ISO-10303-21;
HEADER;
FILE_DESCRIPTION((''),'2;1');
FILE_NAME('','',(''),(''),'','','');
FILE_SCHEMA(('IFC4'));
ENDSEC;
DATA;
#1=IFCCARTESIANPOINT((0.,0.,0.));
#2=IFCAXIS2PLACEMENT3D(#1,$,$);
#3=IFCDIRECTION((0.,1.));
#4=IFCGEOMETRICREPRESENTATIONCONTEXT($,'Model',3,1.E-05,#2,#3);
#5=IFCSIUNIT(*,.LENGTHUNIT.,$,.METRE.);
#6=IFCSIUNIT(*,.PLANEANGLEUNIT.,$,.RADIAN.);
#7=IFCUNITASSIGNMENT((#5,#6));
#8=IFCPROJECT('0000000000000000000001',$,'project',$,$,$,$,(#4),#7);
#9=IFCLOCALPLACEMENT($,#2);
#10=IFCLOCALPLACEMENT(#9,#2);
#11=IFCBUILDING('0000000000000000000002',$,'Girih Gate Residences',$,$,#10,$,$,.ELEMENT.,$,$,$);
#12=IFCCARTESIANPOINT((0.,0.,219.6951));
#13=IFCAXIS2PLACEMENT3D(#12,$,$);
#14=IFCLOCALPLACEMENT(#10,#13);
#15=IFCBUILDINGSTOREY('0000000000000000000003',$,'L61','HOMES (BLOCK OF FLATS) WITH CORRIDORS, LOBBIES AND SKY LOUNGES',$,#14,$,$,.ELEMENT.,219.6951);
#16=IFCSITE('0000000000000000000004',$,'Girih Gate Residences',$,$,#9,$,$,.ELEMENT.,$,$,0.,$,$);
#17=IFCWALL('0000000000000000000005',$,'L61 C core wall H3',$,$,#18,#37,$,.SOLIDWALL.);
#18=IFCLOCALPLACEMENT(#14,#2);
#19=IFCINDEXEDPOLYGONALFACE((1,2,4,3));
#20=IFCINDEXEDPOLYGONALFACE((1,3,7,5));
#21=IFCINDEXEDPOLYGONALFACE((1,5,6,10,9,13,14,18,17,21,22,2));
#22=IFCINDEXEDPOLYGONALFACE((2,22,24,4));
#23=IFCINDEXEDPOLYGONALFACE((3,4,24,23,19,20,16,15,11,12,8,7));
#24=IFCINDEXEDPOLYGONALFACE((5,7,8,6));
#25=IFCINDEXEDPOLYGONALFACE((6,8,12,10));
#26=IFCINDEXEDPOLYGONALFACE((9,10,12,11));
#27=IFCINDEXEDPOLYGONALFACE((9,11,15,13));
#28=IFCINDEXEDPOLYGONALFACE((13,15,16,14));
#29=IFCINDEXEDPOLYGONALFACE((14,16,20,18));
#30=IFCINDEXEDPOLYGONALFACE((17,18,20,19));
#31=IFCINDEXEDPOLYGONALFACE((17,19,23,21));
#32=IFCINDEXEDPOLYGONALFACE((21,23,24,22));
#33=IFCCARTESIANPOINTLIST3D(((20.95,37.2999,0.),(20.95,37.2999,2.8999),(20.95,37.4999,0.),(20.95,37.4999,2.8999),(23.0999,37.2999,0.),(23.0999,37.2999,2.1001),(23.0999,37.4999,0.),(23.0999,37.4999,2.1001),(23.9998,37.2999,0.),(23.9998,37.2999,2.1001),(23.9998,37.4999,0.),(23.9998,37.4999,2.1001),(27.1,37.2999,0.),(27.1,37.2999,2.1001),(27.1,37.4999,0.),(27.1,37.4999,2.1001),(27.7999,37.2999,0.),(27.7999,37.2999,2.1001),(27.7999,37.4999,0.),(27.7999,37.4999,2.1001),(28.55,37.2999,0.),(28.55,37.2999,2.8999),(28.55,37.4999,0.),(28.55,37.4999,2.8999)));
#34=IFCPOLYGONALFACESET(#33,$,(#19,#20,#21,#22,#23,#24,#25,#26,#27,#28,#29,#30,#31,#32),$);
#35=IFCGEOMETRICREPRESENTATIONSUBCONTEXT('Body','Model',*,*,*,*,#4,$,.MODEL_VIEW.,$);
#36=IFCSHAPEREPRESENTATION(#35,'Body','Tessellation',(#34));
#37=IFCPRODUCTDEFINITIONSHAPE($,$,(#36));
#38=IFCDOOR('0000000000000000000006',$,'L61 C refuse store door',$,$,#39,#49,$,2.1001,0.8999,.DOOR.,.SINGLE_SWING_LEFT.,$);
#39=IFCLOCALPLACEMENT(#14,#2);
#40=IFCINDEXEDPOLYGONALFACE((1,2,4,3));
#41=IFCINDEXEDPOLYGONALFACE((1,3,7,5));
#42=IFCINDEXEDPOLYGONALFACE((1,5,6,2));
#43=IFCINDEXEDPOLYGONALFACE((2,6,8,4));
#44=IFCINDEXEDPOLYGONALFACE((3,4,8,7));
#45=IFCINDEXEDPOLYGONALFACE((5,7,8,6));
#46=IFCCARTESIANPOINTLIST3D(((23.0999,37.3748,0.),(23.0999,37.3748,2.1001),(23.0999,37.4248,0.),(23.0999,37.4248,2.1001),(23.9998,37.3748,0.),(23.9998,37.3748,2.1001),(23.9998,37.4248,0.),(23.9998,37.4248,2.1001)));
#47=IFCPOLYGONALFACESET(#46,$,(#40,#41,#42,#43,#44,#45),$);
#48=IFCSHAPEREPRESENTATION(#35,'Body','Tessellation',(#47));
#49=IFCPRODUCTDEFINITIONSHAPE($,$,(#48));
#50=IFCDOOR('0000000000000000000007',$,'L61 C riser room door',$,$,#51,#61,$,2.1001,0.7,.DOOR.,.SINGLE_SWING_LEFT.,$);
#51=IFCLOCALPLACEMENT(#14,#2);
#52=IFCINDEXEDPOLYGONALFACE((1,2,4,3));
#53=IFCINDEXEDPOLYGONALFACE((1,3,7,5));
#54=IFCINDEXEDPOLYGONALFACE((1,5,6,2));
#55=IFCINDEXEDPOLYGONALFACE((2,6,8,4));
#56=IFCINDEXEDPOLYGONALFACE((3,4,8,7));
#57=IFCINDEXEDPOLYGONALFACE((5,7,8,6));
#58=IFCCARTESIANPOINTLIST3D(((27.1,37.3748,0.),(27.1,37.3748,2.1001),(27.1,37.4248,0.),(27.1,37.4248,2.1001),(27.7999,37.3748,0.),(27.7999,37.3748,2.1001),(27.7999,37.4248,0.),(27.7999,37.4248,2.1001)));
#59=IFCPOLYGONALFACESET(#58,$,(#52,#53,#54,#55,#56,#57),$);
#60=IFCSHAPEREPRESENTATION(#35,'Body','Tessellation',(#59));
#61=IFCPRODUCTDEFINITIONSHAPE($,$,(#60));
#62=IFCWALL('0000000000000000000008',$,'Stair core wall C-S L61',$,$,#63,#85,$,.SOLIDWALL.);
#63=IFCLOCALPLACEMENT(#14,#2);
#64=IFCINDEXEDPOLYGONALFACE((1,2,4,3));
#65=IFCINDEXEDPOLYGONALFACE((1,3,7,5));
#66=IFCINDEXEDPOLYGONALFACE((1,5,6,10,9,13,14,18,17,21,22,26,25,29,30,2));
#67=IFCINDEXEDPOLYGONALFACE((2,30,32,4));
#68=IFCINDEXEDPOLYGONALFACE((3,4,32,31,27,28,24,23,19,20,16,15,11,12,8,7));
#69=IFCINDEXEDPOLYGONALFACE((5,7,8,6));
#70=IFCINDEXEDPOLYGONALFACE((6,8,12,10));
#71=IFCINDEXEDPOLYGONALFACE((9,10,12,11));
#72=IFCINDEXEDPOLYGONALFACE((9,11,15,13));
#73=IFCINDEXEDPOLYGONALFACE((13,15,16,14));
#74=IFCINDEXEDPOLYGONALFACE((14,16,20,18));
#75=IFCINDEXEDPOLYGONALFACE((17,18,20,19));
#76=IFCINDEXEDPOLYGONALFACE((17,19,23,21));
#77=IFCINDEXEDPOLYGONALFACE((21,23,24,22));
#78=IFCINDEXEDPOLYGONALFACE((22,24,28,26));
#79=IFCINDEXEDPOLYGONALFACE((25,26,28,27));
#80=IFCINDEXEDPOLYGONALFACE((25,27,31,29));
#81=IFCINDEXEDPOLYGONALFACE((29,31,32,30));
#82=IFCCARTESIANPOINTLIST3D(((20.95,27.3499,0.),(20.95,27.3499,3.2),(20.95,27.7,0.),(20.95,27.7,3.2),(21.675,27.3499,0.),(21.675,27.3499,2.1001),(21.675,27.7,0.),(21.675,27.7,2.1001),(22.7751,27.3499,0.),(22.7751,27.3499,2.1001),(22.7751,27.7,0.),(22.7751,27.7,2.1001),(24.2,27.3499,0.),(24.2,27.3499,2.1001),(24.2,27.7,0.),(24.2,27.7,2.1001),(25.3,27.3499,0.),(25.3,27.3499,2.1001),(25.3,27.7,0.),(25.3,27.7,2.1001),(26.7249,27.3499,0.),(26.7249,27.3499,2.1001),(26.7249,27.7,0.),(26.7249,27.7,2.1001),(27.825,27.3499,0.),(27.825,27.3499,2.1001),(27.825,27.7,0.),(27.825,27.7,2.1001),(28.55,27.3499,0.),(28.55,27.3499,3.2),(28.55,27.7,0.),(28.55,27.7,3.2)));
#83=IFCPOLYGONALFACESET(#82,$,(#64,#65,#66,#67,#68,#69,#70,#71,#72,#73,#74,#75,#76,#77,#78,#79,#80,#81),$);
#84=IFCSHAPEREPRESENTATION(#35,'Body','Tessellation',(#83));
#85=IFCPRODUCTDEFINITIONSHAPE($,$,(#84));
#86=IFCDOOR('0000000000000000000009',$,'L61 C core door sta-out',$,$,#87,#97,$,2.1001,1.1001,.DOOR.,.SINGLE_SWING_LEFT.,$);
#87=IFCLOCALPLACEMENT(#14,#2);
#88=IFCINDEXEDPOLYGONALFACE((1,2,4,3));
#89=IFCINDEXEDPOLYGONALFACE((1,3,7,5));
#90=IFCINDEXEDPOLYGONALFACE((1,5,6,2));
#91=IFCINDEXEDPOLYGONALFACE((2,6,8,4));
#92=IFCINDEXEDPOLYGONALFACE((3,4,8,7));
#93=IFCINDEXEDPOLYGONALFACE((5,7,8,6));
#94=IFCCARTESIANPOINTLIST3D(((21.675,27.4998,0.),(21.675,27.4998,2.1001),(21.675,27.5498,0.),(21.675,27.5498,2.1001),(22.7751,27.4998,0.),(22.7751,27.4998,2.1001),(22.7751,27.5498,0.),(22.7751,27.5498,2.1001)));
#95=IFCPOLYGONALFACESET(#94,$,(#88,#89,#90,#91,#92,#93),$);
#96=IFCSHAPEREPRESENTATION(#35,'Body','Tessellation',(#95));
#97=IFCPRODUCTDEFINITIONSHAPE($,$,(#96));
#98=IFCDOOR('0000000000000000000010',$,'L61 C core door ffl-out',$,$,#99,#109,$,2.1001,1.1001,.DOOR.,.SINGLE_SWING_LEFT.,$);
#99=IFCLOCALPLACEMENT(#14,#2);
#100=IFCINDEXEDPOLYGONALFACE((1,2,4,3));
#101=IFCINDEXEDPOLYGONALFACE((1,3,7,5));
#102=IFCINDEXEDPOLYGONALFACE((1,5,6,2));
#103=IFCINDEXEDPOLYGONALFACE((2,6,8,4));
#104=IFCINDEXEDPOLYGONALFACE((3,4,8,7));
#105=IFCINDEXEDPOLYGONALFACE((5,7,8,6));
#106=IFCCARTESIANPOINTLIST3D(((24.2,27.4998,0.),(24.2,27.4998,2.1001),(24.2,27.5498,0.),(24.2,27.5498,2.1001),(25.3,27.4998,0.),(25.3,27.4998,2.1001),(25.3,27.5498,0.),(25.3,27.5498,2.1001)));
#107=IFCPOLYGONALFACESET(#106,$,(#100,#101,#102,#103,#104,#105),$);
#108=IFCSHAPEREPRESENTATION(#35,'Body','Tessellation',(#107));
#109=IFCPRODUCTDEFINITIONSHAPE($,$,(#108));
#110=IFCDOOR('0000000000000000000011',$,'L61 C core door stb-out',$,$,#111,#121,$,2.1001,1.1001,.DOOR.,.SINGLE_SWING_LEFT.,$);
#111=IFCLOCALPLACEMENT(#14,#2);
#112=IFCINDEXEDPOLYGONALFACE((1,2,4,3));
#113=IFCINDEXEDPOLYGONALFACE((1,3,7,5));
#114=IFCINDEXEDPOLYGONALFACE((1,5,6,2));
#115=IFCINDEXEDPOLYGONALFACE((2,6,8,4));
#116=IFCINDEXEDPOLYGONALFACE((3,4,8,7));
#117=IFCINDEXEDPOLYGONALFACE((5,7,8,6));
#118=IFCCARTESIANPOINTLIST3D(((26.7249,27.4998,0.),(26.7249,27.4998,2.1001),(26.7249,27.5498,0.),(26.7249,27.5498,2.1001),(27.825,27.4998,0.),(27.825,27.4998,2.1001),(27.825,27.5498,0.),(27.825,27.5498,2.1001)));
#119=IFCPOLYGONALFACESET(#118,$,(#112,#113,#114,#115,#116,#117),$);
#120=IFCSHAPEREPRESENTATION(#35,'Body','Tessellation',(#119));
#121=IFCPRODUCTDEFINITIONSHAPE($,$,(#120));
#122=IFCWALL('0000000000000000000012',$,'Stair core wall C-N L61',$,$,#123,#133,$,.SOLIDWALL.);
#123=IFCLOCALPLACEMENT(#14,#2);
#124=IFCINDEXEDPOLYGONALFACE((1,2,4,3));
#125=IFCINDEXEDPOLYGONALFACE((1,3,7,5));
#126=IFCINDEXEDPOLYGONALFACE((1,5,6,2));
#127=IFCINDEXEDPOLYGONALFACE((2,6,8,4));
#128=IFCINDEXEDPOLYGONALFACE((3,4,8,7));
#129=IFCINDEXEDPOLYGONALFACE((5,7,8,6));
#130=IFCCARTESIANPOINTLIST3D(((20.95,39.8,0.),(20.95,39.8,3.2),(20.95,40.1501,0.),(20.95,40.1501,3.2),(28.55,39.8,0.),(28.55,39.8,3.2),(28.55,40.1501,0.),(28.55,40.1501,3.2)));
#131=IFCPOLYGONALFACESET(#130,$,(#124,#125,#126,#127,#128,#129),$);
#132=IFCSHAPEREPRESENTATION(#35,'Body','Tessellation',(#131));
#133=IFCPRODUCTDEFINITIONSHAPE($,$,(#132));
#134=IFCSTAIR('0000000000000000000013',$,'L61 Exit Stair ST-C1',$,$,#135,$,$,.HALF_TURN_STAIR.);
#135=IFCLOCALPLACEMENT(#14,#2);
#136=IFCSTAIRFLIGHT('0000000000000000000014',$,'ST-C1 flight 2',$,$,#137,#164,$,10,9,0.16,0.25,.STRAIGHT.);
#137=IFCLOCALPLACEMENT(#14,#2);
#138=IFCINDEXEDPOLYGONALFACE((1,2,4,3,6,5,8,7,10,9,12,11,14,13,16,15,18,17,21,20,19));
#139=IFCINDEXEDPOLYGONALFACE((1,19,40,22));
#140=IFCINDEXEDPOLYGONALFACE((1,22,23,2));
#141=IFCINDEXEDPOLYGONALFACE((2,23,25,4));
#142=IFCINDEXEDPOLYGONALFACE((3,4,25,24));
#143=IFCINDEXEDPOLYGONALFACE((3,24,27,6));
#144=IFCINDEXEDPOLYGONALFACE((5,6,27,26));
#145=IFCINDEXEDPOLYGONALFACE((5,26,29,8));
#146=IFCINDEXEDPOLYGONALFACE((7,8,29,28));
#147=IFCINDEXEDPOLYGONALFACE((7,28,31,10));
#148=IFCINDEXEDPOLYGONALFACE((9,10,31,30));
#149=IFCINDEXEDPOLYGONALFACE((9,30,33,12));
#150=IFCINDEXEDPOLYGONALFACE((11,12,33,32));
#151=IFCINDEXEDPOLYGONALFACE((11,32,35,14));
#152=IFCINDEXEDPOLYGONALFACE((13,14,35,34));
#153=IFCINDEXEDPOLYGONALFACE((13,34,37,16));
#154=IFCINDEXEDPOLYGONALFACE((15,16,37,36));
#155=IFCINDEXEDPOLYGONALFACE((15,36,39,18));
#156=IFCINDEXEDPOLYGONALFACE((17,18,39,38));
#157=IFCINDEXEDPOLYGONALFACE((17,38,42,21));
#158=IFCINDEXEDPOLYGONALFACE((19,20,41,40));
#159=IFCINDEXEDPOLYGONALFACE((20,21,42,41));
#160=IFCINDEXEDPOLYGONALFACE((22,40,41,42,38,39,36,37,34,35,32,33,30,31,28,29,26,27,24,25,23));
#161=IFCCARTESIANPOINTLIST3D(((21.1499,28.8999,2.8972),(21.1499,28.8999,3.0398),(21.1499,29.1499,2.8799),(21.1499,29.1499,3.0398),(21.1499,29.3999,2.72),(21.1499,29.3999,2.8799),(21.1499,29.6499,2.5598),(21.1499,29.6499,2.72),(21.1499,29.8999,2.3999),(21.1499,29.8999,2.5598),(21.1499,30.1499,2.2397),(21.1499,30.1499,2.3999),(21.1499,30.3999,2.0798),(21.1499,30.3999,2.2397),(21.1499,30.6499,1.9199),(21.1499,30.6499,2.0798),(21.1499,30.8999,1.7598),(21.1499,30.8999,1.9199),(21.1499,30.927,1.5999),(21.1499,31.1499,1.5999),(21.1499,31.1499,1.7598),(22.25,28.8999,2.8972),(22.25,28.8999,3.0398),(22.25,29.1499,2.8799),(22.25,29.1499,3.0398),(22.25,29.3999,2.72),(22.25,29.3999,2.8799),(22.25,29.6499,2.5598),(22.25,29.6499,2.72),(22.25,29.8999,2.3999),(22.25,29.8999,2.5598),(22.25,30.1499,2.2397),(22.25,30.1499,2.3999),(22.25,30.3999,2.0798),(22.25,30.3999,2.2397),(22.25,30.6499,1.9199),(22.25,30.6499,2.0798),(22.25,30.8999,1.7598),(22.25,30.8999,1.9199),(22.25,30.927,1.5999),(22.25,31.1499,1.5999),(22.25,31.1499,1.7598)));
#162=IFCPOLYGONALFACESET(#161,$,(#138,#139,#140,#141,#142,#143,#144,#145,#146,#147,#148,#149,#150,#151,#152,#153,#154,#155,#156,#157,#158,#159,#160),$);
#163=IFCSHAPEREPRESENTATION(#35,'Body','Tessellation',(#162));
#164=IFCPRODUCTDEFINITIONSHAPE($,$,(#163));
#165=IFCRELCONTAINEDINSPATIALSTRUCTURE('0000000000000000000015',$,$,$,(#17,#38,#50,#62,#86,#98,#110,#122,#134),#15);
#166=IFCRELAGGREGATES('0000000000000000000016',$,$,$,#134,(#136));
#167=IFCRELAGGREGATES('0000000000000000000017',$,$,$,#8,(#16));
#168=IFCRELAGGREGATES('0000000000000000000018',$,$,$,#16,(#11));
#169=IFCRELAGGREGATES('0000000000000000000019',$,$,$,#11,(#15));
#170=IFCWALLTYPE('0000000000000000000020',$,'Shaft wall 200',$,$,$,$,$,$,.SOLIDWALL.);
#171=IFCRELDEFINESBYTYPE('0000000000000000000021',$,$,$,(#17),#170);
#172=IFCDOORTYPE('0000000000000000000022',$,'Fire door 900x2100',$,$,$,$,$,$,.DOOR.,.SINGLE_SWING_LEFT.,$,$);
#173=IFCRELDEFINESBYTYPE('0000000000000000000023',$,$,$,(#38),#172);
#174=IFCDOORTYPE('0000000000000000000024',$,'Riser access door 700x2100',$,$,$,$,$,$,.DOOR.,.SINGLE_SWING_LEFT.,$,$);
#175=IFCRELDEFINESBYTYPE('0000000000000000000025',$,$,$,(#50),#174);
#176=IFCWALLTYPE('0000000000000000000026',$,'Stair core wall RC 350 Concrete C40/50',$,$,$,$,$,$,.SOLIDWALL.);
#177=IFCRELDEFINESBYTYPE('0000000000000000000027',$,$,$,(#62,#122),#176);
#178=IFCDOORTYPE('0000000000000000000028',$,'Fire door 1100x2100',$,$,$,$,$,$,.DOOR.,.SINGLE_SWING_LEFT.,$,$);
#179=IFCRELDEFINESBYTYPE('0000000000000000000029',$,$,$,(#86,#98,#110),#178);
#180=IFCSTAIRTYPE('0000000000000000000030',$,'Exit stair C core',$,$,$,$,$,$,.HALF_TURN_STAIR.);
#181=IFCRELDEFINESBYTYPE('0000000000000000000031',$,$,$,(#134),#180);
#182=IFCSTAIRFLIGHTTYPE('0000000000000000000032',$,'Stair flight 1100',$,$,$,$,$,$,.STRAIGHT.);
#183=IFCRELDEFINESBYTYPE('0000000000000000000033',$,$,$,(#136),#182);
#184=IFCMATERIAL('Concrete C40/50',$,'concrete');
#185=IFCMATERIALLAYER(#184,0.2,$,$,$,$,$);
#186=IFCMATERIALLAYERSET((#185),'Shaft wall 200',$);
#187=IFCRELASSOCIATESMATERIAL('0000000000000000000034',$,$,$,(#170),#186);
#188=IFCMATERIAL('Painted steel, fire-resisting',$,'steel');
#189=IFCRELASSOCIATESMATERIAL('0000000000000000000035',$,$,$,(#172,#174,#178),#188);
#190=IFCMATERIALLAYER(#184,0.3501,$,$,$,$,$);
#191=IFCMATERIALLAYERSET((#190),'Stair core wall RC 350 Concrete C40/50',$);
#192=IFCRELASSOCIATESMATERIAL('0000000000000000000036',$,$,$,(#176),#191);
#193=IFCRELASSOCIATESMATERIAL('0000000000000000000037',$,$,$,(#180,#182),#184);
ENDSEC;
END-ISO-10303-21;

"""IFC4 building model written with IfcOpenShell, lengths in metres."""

from ifc_helpers import new_model, si_unit, direction, frame, frame_2d, origin, place, context, subcontext, project, spatial, polyline, rectangle, outline, extrude, material, layer, layer_set, type_object, element, fill, aggregate, save


model = new_model("IFC4")

# Units and contexts
model_context = context("Model", 3, precision=1e-05, world=origin(), true_north=direction((0.0, 1.0)))
body_context = subcontext(model_context, "Body", "Model", "MODEL_VIEW")
ifc_project = project(units=[si_unit("LENGTHUNIT", "METRE"), si_unit("PLANEANGLEUNIT", "RADIAN")], contexts=[model_context])

# Site, building, storey
site_placement = place(None, origin())
site = spatial("IfcSite", under=ifc_project, at=site_placement, Name="Girih Gate Residences", CompositionType="ELEMENT", RefElevation=0.0)
building_placement = place(site_placement, origin())
building = spatial("IfcBuilding", under=site, at=building_placement, Name="Girih Gate Residences", CompositionType="ELEMENT")
storey_placement = place(building_placement, frame((0.0, 0.0, 219.6951)))
storey = spatial("IfcBuildingStorey", under=building, at=storey_placement, Name="L61", Description="HOMES (BLOCK OF FLATS) WITH CORRIDORS, LOBBIES AND SKY LOUNGES", CompositionType="ELEMENT", Elevation=219.6951)

# Shared definitions
ifc_material_1 = material(Name="Concrete C40/50", Category="concrete")
ifc_layer_1 = layer(ifc_material_1, 0.2)
ifc_layer_set_1 = layer_set([ifc_layer_1], Name="Shaft wall 200")
wall_type_1 = type_object("IfcWallType", Name="Shaft wall 200", PredefinedType="SOLIDWALL", material=ifc_layer_set_1)

# Shared definitions
ifc_material_2 = material(Name="Painted steel, fire-resisting", Category="steel")
door_type_1 = type_object("IfcDoorType", Name="Fire door 900x2100", OperationType="SINGLE_SWING_LEFT", PredefinedType="DOOR", material=ifc_material_2)

# Walls, openings, doors
wall_1_placement = place(storey_placement, frame((20.95, 37.3999, 0.0), z_axis=(0.0, 0.0, 1.0), x_axis=(1.0, 0.0, 0.0)))
wall_1 = element("IfcWall", 1, at=wall_1_placement, inside=storey, type_object=wall_type_1, Name="L61 C core wall H3", PredefinedType="SOLIDWALL", context=body_context, shape_type="SweptSolid", body=[
    extrude(rectangle(XDim=7.6001, YDim=0.2, at=frame_2d((3.8, 0.0))), origin(), (0.0, 0.0, 1.0), 2.8999),
])
opening_1_placement = place(wall_1_placement, frame((6.1499, 0.0, 0.0)))
opening_1 = element("IfcOpeningElement", 2, at=opening_1_placement, cuts=wall_1, PredefinedType="OPENING", context=body_context, shape_type="SweptSolid", body=[
    extrude(rectangle(XDim=0.7, YDim=2.1001, at=frame_2d((0.3501, 1.05))), frame((0.0, 0.1099, 0.0), z_axis=(0.0, -1.0, 0.0), x_axis=(1.0, 0.0, 0.0)), (0.0, 0.0, 1.0), 0.22),
])
opening_2_placement = place(wall_1_placement, frame((2.1499, 0.0, 0.0)))
opening_2 = element("IfcOpeningElement", 3, at=opening_2_placement, cuts=wall_1, PredefinedType="OPENING", context=body_context, shape_type="SweptSolid", body=[
    extrude(rectangle(XDim=0.8999, YDim=2.1001, at=frame_2d((0.45, 1.05))), frame((0.0, 0.1099, 0.0), z_axis=(0.0, -1.0, 0.0), x_axis=(1.0, 0.0, 0.0)), (0.0, 0.0, 1.0), 0.22),
])
door_1_placement = place(opening_2_placement, origin())
door_1 = element("IfcDoor", 4, at=door_1_placement, inside=storey, type_object=door_type_1, Name="L61 C refuse store door", OperationType="SINGLE_SWING_LEFT", OverallHeight=2.1001, OverallWidth=0.8999, PredefinedType="DOOR", context=body_context, shape_type="SweptSolid", body=[
    extrude(rectangle(XDim=0.8999, YDim=2.1001, at=frame_2d((0.45, 1.05))), frame((0.0, 0.0249, 0.0), z_axis=(0.0, -1.0, 0.0), x_axis=(1.0, 0.0, 0.0)), (0.0, 0.0, 1.0), 0.05),
])
fill(opening_2, door_1)
door_type_2 = type_object("IfcDoorType", Name="Riser access door 700x2100", OperationType="SINGLE_SWING_LEFT", PredefinedType="DOOR", material=ifc_material_2)
door_2_placement = place(opening_1_placement, origin())
door_2 = element("IfcDoor", 5, at=door_2_placement, inside=storey, type_object=door_type_2, Name="L61 C riser room door", OperationType="SINGLE_SWING_LEFT", OverallHeight=2.1001, OverallWidth=0.7, PredefinedType="DOOR", context=body_context, shape_type="SweptSolid", body=[
    extrude(rectangle(XDim=0.7, YDim=2.1001, at=frame_2d((0.3501, 1.05))), frame((0.0, 0.0249, 0.0), z_axis=(0.0, -1.0, 0.0), x_axis=(1.0, 0.0, 0.0)), (0.0, 0.0, 1.0), 0.05),
])
fill(opening_1, door_2)
ifc_layer_2 = layer(ifc_material_1, 0.3501)
ifc_layer_set_2 = layer_set([ifc_layer_2], Name="Stair core wall RC 350 Concrete C40/50")
wall_type_2 = type_object("IfcWallType", Name="Stair core wall RC 350 Concrete C40/50", PredefinedType="SOLIDWALL", material=ifc_layer_set_2)
wall_2_placement = place(storey_placement, frame((20.95, 27.5249, 0.0), z_axis=(0.0, 0.0, 1.0), x_axis=(1.0, 0.0, 0.0)))
wall_2 = element("IfcWall", 6, at=wall_2_placement, inside=storey, type_object=wall_type_2, Name="Stair core wall C-S L61", PredefinedType="SOLIDWALL", context=body_context, shape_type="SweptSolid", body=[
    extrude(rectangle(XDim=7.6001, YDim=0.3501, at=frame_2d((3.8, 0.0))), origin(), (0.0, 0.0, 1.0), 3.2),
])
opening_3_placement = place(wall_2_placement, frame((0.7251, 0.0, 0.0)))
opening_3 = element("IfcOpeningElement", 7, at=opening_3_placement, cuts=wall_2, PredefinedType="OPENING", context=body_context, shape_type="SweptSolid", body=[
    extrude(rectangle(XDim=1.1001, YDim=2.1001, at=frame_2d((0.55, 1.05))), frame((0.0, 0.1851, 0.0), z_axis=(0.0, -1.0, 0.0), x_axis=(1.0, 0.0, 0.0)), (0.0, 0.0, 1.0), 0.3701),
])
opening_4_placement = place(wall_2_placement, frame((3.25, 0.0, 0.0)))
opening_4 = element("IfcOpeningElement", 8, at=opening_4_placement, cuts=wall_2, PredefinedType="OPENING", context=body_context, shape_type="SweptSolid", body=[
    extrude(rectangle(XDim=1.1001, YDim=2.1001, at=frame_2d((0.55, 1.05))), frame((0.0, 0.1851, 0.0), z_axis=(0.0, -1.0, 0.0), x_axis=(1.0, 0.0, 0.0)), (0.0, 0.0, 1.0), 0.3701),
])
opening_5_placement = place(wall_2_placement, frame((5.7749, 0.0, 0.0)))
opening_5 = element("IfcOpeningElement", 9, at=opening_5_placement, cuts=wall_2, PredefinedType="OPENING", context=body_context, shape_type="SweptSolid", body=[
    extrude(rectangle(XDim=1.1001, YDim=2.1001, at=frame_2d((0.55, 1.05))), frame((0.0, 0.1851, 0.0), z_axis=(0.0, -1.0, 0.0), x_axis=(1.0, 0.0, 0.0)), (0.0, 0.0, 1.0), 0.3701),
])
door_type_3 = type_object("IfcDoorType", Name="Fire door 1100x2100", OperationType="SINGLE_SWING_LEFT", PredefinedType="DOOR", material=ifc_material_2)
door_3_placement = place(opening_3_placement, origin())
door_3 = element("IfcDoor", 10, at=door_3_placement, inside=storey, type_object=door_type_3, Name="L61 C core door sta-out", OperationType="SINGLE_SWING_LEFT", OverallHeight=2.1001, OverallWidth=1.1001, PredefinedType="DOOR", context=body_context, shape_type="SweptSolid", body=[
    extrude(rectangle(XDim=1.1001, YDim=2.1001, at=frame_2d((0.55, 1.05))), frame((0.0, 0.0249, 0.0), z_axis=(0.0, -1.0, 0.0), x_axis=(1.0, 0.0, 0.0)), (0.0, 0.0, 1.0), 0.05),
])
fill(opening_3, door_3)
door_4_placement = place(opening_4_placement, origin())
door_4 = element("IfcDoor", 11, at=door_4_placement, inside=storey, type_object=door_type_3, Name="L61 C core door ffl-out", OperationType="SINGLE_SWING_LEFT", OverallHeight=2.1001, OverallWidth=1.1001, PredefinedType="DOOR", context=body_context, shape_type="SweptSolid", body=[
    extrude(rectangle(XDim=1.1001, YDim=2.1001, at=frame_2d((0.55, 1.05))), frame((0.0, 0.0249, 0.0), z_axis=(0.0, -1.0, 0.0), x_axis=(1.0, 0.0, 0.0)), (0.0, 0.0, 1.0), 0.05),
])
fill(opening_4, door_4)
door_5_placement = place(opening_5_placement, origin())
door_5 = element("IfcDoor", 12, at=door_5_placement, inside=storey, type_object=door_type_3, Name="L61 C core door stb-out", OperationType="SINGLE_SWING_LEFT", OverallHeight=2.1001, OverallWidth=1.1001, PredefinedType="DOOR", context=body_context, shape_type="SweptSolid", body=[
    extrude(rectangle(XDim=1.1001, YDim=2.1001, at=frame_2d((0.55, 1.05))), frame((0.0, 0.0249, 0.0), z_axis=(0.0, -1.0, 0.0), x_axis=(1.0, 0.0, 0.0)), (0.0, 0.0, 1.0), 0.05),
])
fill(opening_5, door_5)

# Wall
wall_3_placement = place(storey_placement, frame((20.95, 39.9751, 0.0), z_axis=(0.0, 0.0, 1.0), x_axis=(1.0, 0.0, 0.0)))
element("IfcWall", 13, at=wall_3_placement, inside=storey, type_object=wall_type_2, Name="Stair core wall C-N L61", PredefinedType="SOLIDWALL", context=body_context, shape_type="SweptSolid", body=[
    extrude(rectangle(XDim=7.6001, YDim=0.3501, at=frame_2d((3.8, 0.0))), origin(), (0.0, 0.0, 1.0), 3.2),
])

# Stair, stair flight
stair_type = type_object("IfcStairType", Name="Exit stair C core", PredefinedType="HALF_TURN_STAIR", material=ifc_material_1)
stair_placement = place(storey_placement, origin())
stair = element("IfcStair", 14, at=stair_placement, inside=storey, type_object=stair_type, Name="L61 Exit Stair ST-C1", PredefinedType="HALF_TURN_STAIR")
stair_flight_type = type_object("IfcStairFlightType", Name="Stair flight 1100", PredefinedType="STRAIGHT", material=ifc_material_1)
stair_flight_placement = place(storey_placement, frame((21.7, 31.1499, 1.5999), z_axis=(0.0, 0.0, 1.0), x_axis=(0.0, -1.0, 0.0)))
stair_flight = element("IfcStairFlight", 15, at=stair_flight_placement, type_object=stair_flight_type, Name="ST-C1 flight 2", NumberOfRisers=10, NumberOfTreads=9, PredefinedType="STRAIGHT", RiserHeight=0.16, TreadLength=0.25, context=body_context, shape_type="SweptSolid", body=[
    extrude(outline(polyline([(0.0, 0.0), (0.0, 0.1599), (0.25, 0.1599), (0.25, 0.3201), (0.5, 0.3201), (0.5, 0.48), (0.75, 0.48), (0.75, 0.6399), (1.0, 0.6399), (1.0, 0.8), (1.25, 0.8), (1.25, 0.96), (1.5, 0.96), (1.5, 1.1201), (1.75, 1.1201), (1.75, 1.28), (2.0, 1.28), (2.0, 1.4399), (2.25, 1.4399), (2.25, 1.6001), (2.25, 1.2974), (0.2229, 0.0), (0.0, 0.0)])), frame((0.0, 0.55, 0.0), z_axis=(0.0, -1.0, 0.0), x_axis=(1.0, 0.0, 0.0)), (0.0, 0.0, 1.0), 1.1001),
])
aggregate(stair, [stair_flight])

save(model, "model.ifc")
